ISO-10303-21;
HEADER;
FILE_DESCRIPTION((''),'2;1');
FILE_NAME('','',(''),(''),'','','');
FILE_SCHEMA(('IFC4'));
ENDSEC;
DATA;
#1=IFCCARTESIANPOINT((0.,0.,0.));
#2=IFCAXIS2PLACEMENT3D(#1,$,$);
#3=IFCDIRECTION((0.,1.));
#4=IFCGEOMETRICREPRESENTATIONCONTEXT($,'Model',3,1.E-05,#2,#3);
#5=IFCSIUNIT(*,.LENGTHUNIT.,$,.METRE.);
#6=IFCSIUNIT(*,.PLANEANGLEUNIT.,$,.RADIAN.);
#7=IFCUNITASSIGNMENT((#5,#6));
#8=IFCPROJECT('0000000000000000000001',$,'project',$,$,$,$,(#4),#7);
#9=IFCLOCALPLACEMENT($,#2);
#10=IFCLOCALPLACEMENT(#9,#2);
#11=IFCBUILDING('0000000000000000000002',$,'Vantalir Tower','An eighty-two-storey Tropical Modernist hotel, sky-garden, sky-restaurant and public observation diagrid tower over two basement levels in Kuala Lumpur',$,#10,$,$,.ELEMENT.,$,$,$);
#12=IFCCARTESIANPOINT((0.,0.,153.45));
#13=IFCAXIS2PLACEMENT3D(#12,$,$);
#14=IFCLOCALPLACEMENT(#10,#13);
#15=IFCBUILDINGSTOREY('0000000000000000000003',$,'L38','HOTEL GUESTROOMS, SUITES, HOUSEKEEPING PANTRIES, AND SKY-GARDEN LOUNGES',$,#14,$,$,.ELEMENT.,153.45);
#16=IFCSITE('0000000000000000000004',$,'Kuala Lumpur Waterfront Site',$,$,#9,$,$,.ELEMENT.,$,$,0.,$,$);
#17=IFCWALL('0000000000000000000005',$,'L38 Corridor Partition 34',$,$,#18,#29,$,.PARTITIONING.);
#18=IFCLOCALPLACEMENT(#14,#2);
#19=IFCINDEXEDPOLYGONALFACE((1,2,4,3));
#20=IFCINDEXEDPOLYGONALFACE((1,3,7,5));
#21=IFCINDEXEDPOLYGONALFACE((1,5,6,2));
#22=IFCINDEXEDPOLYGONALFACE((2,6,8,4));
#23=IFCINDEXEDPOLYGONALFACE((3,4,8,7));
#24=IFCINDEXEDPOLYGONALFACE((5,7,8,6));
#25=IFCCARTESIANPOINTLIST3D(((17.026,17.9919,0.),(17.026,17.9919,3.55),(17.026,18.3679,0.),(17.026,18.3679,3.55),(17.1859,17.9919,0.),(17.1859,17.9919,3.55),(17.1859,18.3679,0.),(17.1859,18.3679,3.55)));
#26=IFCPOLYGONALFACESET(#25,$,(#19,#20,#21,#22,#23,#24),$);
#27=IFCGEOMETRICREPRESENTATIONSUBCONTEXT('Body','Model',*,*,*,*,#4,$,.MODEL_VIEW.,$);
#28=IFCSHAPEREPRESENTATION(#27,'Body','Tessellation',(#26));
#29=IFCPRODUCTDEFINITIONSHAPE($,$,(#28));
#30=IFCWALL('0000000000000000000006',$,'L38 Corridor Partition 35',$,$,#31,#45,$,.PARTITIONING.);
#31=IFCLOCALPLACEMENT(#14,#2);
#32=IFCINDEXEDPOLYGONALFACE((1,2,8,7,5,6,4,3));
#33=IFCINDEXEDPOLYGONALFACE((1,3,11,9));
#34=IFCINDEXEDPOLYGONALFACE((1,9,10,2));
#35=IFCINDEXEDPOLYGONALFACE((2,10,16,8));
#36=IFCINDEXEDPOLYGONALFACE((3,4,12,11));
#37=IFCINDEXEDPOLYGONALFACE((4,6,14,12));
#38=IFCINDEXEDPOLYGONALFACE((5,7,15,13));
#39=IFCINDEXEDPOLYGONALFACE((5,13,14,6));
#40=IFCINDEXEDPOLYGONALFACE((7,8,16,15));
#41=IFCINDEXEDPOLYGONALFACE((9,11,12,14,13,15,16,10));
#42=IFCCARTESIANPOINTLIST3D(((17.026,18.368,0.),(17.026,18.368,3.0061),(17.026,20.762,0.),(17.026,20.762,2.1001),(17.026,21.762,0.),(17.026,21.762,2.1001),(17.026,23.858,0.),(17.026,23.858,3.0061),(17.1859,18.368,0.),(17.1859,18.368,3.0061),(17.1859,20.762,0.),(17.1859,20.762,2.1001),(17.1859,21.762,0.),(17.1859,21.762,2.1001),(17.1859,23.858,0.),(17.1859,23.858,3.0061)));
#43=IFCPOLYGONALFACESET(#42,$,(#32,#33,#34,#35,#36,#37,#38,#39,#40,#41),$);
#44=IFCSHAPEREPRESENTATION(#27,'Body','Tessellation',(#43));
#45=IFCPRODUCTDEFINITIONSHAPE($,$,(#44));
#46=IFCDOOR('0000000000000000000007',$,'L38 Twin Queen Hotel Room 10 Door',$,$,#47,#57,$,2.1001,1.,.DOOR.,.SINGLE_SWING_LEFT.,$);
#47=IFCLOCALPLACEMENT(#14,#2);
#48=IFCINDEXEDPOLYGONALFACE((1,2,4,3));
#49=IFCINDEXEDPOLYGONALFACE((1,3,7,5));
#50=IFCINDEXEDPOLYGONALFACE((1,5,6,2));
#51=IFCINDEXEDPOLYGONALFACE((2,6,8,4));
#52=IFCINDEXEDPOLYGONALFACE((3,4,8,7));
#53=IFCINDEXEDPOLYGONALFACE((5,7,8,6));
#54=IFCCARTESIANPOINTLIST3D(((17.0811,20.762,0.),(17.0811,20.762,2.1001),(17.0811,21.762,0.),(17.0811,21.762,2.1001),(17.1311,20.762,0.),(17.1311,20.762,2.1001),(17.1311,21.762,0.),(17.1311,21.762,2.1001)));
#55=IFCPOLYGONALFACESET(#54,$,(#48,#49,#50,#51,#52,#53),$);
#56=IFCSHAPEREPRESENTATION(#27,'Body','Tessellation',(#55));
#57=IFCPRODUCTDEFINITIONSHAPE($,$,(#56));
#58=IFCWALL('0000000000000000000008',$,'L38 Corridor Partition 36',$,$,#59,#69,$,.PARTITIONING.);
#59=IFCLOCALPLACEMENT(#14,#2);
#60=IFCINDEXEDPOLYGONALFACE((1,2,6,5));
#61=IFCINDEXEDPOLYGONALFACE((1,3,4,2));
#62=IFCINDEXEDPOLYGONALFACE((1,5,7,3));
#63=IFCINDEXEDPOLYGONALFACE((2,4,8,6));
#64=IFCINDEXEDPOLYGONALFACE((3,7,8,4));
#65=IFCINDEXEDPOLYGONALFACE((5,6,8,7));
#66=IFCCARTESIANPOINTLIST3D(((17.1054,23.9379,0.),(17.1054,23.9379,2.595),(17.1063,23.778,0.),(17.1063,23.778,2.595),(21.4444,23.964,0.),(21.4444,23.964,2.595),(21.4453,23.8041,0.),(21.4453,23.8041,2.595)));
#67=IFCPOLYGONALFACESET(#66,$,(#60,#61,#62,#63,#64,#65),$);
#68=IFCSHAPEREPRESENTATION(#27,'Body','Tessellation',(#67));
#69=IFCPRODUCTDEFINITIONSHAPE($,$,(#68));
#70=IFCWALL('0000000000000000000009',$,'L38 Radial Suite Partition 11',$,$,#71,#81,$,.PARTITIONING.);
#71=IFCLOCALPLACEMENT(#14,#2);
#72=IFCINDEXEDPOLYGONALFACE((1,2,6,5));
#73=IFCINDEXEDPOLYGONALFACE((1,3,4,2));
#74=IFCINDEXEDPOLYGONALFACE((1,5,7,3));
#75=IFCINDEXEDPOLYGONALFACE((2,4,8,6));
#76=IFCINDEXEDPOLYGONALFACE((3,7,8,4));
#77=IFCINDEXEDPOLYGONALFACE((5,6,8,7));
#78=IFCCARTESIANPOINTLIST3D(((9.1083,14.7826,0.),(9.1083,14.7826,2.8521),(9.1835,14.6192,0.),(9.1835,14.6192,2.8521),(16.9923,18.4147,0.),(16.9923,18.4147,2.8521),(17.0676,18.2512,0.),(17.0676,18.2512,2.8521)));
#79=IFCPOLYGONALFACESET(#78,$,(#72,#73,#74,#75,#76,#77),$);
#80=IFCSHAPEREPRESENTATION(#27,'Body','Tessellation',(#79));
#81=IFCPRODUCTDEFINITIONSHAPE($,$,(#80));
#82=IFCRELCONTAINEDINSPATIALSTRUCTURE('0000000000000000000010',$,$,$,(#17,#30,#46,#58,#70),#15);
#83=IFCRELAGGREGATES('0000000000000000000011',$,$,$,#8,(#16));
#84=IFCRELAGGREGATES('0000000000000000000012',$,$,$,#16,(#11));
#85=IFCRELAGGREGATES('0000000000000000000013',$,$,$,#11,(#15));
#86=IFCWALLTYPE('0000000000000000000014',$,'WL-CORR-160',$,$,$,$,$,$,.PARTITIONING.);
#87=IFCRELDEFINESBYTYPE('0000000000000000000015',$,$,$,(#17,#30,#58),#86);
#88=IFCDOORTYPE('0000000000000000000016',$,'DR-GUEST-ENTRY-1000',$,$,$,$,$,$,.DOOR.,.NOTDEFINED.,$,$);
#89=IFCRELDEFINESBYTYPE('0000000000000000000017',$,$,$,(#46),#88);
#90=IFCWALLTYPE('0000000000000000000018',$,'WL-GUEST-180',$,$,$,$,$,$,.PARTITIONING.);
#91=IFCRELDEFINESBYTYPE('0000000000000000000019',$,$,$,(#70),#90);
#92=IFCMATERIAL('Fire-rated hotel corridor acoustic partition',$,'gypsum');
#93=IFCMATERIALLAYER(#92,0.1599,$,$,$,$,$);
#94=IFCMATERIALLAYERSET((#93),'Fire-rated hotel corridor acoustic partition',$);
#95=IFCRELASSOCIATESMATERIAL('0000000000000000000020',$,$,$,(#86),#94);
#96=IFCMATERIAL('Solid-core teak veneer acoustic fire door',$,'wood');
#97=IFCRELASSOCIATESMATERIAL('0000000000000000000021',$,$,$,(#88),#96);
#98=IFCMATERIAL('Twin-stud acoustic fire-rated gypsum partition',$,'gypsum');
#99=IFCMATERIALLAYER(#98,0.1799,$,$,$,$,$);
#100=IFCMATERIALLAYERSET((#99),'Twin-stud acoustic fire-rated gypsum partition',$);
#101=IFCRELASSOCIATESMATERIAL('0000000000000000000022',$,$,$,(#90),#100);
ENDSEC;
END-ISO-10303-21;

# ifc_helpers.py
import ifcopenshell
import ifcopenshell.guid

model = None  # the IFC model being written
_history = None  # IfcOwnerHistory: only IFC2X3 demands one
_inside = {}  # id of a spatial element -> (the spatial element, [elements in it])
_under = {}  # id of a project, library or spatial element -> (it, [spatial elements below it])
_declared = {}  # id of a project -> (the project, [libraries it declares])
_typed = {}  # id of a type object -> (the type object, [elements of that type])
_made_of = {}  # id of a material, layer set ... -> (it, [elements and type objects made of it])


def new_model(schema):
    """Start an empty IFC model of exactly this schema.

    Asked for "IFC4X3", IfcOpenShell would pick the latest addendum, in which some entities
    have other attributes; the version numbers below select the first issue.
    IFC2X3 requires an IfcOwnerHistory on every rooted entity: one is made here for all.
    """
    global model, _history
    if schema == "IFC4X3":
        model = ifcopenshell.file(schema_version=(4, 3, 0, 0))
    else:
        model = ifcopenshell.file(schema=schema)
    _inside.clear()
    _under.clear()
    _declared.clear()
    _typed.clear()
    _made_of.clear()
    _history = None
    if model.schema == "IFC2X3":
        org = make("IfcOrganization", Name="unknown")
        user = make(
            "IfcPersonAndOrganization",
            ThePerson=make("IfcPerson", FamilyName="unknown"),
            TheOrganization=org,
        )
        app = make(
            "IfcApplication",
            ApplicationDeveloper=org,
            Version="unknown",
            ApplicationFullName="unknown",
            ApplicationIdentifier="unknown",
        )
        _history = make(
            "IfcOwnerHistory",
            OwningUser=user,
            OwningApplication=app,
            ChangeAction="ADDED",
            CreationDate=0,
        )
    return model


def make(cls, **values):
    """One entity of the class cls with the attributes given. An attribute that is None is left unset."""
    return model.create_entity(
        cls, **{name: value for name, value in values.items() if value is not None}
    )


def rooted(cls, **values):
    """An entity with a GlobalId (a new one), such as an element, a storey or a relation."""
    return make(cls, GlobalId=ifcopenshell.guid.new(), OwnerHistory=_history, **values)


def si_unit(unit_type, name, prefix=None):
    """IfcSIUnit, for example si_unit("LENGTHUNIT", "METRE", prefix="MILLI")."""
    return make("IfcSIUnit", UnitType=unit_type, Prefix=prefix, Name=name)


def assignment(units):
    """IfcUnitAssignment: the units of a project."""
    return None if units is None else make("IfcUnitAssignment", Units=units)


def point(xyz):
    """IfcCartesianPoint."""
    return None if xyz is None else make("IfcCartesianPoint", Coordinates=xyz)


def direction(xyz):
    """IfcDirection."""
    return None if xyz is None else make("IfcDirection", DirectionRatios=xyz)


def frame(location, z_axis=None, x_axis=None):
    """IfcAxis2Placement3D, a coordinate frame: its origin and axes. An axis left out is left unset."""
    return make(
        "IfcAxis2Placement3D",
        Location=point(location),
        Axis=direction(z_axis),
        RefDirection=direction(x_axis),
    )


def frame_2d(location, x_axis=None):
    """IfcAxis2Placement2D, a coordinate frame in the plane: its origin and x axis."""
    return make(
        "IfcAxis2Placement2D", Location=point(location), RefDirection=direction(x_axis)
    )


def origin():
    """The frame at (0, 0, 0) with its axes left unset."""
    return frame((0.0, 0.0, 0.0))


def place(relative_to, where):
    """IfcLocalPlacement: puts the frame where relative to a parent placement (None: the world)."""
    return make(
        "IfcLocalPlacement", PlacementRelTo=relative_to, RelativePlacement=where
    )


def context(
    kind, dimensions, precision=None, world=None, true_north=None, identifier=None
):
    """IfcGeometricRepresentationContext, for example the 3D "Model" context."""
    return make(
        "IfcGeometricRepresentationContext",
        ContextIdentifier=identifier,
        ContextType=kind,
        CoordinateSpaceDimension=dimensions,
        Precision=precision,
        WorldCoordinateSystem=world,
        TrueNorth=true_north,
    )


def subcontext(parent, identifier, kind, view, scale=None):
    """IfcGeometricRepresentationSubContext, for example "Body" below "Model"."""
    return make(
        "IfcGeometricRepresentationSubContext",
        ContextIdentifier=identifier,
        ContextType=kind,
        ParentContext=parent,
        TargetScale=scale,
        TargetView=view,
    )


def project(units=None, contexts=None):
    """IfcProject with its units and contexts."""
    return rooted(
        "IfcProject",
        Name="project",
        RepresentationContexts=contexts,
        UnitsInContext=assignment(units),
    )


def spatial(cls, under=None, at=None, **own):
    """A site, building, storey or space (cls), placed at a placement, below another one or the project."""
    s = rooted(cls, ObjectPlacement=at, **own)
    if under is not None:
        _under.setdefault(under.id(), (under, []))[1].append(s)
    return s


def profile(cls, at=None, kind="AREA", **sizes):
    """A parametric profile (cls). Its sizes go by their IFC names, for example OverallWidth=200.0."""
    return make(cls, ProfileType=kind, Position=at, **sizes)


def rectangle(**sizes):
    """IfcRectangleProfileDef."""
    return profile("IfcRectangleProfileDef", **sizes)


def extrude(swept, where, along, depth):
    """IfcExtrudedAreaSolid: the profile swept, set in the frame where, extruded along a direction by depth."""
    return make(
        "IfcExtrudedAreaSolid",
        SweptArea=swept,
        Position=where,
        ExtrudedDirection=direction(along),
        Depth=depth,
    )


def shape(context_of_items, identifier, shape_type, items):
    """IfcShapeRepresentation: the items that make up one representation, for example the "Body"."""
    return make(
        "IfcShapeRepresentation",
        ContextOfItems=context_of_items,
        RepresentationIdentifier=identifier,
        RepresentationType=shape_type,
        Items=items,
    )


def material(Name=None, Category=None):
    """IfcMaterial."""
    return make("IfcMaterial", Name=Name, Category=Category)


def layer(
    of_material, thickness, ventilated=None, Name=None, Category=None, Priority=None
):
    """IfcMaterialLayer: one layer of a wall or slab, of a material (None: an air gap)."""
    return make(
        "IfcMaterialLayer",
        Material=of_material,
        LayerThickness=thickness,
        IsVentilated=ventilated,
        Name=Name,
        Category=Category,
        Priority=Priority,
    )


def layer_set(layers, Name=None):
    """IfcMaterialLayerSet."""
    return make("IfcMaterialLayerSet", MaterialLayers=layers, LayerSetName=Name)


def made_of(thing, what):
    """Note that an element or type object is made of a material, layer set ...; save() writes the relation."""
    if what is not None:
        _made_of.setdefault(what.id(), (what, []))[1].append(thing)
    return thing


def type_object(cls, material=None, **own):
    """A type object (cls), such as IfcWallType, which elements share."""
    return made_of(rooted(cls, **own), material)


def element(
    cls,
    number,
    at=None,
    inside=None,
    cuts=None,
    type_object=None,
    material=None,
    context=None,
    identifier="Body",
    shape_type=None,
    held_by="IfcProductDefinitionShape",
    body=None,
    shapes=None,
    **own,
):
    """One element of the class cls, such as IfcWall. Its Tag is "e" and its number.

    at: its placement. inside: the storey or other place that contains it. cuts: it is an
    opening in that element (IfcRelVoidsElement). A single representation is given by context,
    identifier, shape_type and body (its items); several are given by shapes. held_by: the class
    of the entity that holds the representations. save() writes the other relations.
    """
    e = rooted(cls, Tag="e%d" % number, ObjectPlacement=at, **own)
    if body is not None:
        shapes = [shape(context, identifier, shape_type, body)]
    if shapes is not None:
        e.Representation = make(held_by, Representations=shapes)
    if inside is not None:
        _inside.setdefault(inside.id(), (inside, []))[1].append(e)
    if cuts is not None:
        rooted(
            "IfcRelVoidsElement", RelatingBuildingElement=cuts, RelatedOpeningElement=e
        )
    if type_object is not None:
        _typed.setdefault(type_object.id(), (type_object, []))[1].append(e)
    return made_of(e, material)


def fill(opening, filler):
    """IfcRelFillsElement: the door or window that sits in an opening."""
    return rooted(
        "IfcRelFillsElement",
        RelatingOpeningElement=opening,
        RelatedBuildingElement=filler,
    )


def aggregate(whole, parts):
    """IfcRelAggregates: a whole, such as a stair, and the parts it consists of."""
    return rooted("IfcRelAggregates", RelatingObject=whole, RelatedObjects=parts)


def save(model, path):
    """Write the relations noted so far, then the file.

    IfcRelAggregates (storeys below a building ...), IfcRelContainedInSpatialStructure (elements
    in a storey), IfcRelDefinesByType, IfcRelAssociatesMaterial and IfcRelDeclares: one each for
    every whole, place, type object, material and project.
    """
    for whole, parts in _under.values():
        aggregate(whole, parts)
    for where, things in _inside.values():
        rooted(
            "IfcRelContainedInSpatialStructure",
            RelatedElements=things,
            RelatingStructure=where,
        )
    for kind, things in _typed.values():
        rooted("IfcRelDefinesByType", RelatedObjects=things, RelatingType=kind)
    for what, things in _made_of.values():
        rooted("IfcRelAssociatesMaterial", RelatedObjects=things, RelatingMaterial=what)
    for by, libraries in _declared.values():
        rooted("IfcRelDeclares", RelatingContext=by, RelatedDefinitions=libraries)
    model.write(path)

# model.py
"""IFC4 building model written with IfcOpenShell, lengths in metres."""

from ifc_helpers import new_model, si_unit, direction, frame, frame_2d, origin, place, context, subcontext, project, spatial, rectangle, extrude, material, layer, layer_set, type_object, element, fill, save


model = new_model("IFC4")

# Units and contexts
model_context = context("Model", 3, precision=1e-05, world=origin(), true_north=direction((0.0, 1.0)))
body_context = subcontext(model_context, "Body", "Model", "MODEL_VIEW")
ifc_project = project(units=[si_unit("LENGTHUNIT", "METRE"), si_unit("PLANEANGLEUNIT", "RADIAN")], contexts=[model_context])

# Site, building, storey
site_placement = place(None, origin())
site = spatial("IfcSite", under=ifc_project, at=site_placement, Name="Kuala Lumpur Waterfront Site", CompositionType="ELEMENT", RefElevation=0.0)
building_placement = place(site_placement, origin())
building = spatial("IfcBuilding", under=site, at=building_placement, Name="Vantalir Tower", Description="An eighty-two-storey Tropical Modernist hotel, sky-garden, sky-restaurant and public observation diagrid tower over two basement levels in Kuala Lumpur", CompositionType="ELEMENT")
storey_placement = place(building_placement, frame((0.0, 0.0, 153.45)))
storey = spatial("IfcBuildingStorey", under=building, at=storey_placement, Name="L38", Description="HOTEL GUESTROOMS, SUITES, HOUSEKEEPING PANTRIES, AND SKY-GARDEN LOUNGES", CompositionType="ELEMENT", Elevation=153.45)

# Wall
ifc_material_1 = material(Name="Fire-rated hotel corridor acoustic partition", Category="gypsum")
ifc_layer_1 = layer(ifc_material_1, 0.1599)
ifc_layer_set_1 = layer_set([ifc_layer_1], Name="Fire-rated hotel corridor acoustic partition")
wall_type_1 = type_object("IfcWallType", Name="WL-CORR-160", PredefinedType="PARTITIONING", material=ifc_layer_set_1)
wall_1_placement = place(storey_placement, frame((17.106, 17.9919, 0.0), z_axis=(0.0, 0.0, 1.0), x_axis=(0.0, 1.0, 0.0)))
element("IfcWall", 1, at=wall_1_placement, inside=storey, type_object=wall_type_1, Name="L38 Corridor Partition 34", PredefinedType="PARTITIONING", context=body_context, shape_type="SweptSolid", body=[
    extrude(rectangle(XDim=0.376, YDim=0.1599, at=frame_2d((0.188, 0.0))), origin(), (0.0, 0.0, 1.0), 3.55),
])

# Wall, opening, door
wall_2_placement = place(storey_placement, frame((17.106, 18.3679, 0.0), z_axis=(0.0, 0.0, 1.0), x_axis=(0.0, 1.0, 0.0)))
wall_2 = element("IfcWall", 2, at=wall_2_placement, inside=storey, type_object=wall_type_1, Name="L38 Corridor Partition 35", PredefinedType="PARTITIONING", context=body_context, shape_type="SweptSolid", body=[
    extrude(rectangle(XDim=5.49, YDim=0.1599, at=frame_2d((2.7451, 0.0))), origin(), (0.0, 0.0, 1.0), 3.0061),
])
opening_1_placement = place(wall_2_placement, frame((2.394, 0.0, 0.0)))
opening_1 = element("IfcOpeningElement", 3, at=opening_1_placement, cuts=wall_2, PredefinedType="OPENING", context=body_context, shape_type="SweptSolid", body=[
    extrude(rectangle(XDim=1.0, YDim=2.1001, at=frame_2d((0.5, 1.05))), frame((0.0, 0.0898, 0.0), z_axis=(0.0, -1.0, 0.0), x_axis=(1.0, 0.0, 0.0)), (0.0, 0.0, 1.0), 0.1799),
])
ifc_material_2 = material(Name="Solid-core teak veneer acoustic fire door", Category="wood")
door_type_1 = type_object("IfcDoorType", Name="DR-GUEST-ENTRY-1000", OperationType="NOTDEFINED", PredefinedType="DOOR", material=ifc_material_2)
door_1_placement = place(opening_1_placement, origin())
door_1 = element("IfcDoor", 4, at=door_1_placement, inside=storey, type_object=door_type_1, Name="L38 Twin Queen Hotel Room 10 Door", OperationType="SINGLE_SWING_LEFT", OverallHeight=2.1001, OverallWidth=1.0, PredefinedType="DOOR", context=body_context, shape_type="SweptSolid", body=[
    extrude(rectangle(XDim=1.0, YDim=2.1001, at=frame_2d((0.5, 1.05))), frame((0.0, 0.0249, 0.0), z_axis=(0.0, -1.0, 0.0), x_axis=(1.0, 0.0, 0.0)), (0.0, 0.0, 1.0), 0.05),
])
fill(opening_1, door_1)

# Walls
wall_3_placement = place(storey_placement, frame((17.106, 23.8579, 0.0), z_axis=(0.0, 0.0, 1.0), x_axis=(0.999982, 0.00602, 0.0)))
element("IfcWall", 5, at=wall_3_placement, inside=storey, type_object=wall_type_1, Name="L38 Corridor Partition 36", PredefinedType="PARTITIONING", context=body_context, shape_type="SweptSolid", body=[
    extrude(rectangle(XDim=4.3391, YDim=0.1599, at=frame_2d((2.1694, 0.0))), origin(), (0.0, 0.0, 1.0), 2.595),
])
ifc_material_3 = material(Name="Twin-stud acoustic fire-rated gypsum partition", Category="gypsum")
ifc_layer_2 = layer(ifc_material_3, 0.1799)
ifc_layer_set_2 = layer_set([ifc_layer_2], Name="Twin-stud acoustic fire-rated gypsum partition")
wall_type_2 = type_object("IfcWallType", Name="WL-GUEST-180", PredefinedType="PARTITIONING", material=ifc_layer_set_2)
wall_4_placement = place(storey_placement, frame((17.03, 18.333, 0.0), z_axis=(0.0, 0.0, 1.0), x_axis=(-0.908253, -0.418421, 0.0)))
element("IfcWall", 6, at=wall_4_placement, inside=storey, type_object=wall_type_2, Name="L38 Radial Suite Partition 11", PredefinedType="PARTITIONING", context=body_context, shape_type="SweptSolid", body=[
    extrude(rectangle(XDim=8.6804, YDim=0.1799, at=frame_2d((4.3403, 0.0))), origin(), (0.0, 0.0, 1.0), 2.8521),
])

save(model, "model.ifc")
